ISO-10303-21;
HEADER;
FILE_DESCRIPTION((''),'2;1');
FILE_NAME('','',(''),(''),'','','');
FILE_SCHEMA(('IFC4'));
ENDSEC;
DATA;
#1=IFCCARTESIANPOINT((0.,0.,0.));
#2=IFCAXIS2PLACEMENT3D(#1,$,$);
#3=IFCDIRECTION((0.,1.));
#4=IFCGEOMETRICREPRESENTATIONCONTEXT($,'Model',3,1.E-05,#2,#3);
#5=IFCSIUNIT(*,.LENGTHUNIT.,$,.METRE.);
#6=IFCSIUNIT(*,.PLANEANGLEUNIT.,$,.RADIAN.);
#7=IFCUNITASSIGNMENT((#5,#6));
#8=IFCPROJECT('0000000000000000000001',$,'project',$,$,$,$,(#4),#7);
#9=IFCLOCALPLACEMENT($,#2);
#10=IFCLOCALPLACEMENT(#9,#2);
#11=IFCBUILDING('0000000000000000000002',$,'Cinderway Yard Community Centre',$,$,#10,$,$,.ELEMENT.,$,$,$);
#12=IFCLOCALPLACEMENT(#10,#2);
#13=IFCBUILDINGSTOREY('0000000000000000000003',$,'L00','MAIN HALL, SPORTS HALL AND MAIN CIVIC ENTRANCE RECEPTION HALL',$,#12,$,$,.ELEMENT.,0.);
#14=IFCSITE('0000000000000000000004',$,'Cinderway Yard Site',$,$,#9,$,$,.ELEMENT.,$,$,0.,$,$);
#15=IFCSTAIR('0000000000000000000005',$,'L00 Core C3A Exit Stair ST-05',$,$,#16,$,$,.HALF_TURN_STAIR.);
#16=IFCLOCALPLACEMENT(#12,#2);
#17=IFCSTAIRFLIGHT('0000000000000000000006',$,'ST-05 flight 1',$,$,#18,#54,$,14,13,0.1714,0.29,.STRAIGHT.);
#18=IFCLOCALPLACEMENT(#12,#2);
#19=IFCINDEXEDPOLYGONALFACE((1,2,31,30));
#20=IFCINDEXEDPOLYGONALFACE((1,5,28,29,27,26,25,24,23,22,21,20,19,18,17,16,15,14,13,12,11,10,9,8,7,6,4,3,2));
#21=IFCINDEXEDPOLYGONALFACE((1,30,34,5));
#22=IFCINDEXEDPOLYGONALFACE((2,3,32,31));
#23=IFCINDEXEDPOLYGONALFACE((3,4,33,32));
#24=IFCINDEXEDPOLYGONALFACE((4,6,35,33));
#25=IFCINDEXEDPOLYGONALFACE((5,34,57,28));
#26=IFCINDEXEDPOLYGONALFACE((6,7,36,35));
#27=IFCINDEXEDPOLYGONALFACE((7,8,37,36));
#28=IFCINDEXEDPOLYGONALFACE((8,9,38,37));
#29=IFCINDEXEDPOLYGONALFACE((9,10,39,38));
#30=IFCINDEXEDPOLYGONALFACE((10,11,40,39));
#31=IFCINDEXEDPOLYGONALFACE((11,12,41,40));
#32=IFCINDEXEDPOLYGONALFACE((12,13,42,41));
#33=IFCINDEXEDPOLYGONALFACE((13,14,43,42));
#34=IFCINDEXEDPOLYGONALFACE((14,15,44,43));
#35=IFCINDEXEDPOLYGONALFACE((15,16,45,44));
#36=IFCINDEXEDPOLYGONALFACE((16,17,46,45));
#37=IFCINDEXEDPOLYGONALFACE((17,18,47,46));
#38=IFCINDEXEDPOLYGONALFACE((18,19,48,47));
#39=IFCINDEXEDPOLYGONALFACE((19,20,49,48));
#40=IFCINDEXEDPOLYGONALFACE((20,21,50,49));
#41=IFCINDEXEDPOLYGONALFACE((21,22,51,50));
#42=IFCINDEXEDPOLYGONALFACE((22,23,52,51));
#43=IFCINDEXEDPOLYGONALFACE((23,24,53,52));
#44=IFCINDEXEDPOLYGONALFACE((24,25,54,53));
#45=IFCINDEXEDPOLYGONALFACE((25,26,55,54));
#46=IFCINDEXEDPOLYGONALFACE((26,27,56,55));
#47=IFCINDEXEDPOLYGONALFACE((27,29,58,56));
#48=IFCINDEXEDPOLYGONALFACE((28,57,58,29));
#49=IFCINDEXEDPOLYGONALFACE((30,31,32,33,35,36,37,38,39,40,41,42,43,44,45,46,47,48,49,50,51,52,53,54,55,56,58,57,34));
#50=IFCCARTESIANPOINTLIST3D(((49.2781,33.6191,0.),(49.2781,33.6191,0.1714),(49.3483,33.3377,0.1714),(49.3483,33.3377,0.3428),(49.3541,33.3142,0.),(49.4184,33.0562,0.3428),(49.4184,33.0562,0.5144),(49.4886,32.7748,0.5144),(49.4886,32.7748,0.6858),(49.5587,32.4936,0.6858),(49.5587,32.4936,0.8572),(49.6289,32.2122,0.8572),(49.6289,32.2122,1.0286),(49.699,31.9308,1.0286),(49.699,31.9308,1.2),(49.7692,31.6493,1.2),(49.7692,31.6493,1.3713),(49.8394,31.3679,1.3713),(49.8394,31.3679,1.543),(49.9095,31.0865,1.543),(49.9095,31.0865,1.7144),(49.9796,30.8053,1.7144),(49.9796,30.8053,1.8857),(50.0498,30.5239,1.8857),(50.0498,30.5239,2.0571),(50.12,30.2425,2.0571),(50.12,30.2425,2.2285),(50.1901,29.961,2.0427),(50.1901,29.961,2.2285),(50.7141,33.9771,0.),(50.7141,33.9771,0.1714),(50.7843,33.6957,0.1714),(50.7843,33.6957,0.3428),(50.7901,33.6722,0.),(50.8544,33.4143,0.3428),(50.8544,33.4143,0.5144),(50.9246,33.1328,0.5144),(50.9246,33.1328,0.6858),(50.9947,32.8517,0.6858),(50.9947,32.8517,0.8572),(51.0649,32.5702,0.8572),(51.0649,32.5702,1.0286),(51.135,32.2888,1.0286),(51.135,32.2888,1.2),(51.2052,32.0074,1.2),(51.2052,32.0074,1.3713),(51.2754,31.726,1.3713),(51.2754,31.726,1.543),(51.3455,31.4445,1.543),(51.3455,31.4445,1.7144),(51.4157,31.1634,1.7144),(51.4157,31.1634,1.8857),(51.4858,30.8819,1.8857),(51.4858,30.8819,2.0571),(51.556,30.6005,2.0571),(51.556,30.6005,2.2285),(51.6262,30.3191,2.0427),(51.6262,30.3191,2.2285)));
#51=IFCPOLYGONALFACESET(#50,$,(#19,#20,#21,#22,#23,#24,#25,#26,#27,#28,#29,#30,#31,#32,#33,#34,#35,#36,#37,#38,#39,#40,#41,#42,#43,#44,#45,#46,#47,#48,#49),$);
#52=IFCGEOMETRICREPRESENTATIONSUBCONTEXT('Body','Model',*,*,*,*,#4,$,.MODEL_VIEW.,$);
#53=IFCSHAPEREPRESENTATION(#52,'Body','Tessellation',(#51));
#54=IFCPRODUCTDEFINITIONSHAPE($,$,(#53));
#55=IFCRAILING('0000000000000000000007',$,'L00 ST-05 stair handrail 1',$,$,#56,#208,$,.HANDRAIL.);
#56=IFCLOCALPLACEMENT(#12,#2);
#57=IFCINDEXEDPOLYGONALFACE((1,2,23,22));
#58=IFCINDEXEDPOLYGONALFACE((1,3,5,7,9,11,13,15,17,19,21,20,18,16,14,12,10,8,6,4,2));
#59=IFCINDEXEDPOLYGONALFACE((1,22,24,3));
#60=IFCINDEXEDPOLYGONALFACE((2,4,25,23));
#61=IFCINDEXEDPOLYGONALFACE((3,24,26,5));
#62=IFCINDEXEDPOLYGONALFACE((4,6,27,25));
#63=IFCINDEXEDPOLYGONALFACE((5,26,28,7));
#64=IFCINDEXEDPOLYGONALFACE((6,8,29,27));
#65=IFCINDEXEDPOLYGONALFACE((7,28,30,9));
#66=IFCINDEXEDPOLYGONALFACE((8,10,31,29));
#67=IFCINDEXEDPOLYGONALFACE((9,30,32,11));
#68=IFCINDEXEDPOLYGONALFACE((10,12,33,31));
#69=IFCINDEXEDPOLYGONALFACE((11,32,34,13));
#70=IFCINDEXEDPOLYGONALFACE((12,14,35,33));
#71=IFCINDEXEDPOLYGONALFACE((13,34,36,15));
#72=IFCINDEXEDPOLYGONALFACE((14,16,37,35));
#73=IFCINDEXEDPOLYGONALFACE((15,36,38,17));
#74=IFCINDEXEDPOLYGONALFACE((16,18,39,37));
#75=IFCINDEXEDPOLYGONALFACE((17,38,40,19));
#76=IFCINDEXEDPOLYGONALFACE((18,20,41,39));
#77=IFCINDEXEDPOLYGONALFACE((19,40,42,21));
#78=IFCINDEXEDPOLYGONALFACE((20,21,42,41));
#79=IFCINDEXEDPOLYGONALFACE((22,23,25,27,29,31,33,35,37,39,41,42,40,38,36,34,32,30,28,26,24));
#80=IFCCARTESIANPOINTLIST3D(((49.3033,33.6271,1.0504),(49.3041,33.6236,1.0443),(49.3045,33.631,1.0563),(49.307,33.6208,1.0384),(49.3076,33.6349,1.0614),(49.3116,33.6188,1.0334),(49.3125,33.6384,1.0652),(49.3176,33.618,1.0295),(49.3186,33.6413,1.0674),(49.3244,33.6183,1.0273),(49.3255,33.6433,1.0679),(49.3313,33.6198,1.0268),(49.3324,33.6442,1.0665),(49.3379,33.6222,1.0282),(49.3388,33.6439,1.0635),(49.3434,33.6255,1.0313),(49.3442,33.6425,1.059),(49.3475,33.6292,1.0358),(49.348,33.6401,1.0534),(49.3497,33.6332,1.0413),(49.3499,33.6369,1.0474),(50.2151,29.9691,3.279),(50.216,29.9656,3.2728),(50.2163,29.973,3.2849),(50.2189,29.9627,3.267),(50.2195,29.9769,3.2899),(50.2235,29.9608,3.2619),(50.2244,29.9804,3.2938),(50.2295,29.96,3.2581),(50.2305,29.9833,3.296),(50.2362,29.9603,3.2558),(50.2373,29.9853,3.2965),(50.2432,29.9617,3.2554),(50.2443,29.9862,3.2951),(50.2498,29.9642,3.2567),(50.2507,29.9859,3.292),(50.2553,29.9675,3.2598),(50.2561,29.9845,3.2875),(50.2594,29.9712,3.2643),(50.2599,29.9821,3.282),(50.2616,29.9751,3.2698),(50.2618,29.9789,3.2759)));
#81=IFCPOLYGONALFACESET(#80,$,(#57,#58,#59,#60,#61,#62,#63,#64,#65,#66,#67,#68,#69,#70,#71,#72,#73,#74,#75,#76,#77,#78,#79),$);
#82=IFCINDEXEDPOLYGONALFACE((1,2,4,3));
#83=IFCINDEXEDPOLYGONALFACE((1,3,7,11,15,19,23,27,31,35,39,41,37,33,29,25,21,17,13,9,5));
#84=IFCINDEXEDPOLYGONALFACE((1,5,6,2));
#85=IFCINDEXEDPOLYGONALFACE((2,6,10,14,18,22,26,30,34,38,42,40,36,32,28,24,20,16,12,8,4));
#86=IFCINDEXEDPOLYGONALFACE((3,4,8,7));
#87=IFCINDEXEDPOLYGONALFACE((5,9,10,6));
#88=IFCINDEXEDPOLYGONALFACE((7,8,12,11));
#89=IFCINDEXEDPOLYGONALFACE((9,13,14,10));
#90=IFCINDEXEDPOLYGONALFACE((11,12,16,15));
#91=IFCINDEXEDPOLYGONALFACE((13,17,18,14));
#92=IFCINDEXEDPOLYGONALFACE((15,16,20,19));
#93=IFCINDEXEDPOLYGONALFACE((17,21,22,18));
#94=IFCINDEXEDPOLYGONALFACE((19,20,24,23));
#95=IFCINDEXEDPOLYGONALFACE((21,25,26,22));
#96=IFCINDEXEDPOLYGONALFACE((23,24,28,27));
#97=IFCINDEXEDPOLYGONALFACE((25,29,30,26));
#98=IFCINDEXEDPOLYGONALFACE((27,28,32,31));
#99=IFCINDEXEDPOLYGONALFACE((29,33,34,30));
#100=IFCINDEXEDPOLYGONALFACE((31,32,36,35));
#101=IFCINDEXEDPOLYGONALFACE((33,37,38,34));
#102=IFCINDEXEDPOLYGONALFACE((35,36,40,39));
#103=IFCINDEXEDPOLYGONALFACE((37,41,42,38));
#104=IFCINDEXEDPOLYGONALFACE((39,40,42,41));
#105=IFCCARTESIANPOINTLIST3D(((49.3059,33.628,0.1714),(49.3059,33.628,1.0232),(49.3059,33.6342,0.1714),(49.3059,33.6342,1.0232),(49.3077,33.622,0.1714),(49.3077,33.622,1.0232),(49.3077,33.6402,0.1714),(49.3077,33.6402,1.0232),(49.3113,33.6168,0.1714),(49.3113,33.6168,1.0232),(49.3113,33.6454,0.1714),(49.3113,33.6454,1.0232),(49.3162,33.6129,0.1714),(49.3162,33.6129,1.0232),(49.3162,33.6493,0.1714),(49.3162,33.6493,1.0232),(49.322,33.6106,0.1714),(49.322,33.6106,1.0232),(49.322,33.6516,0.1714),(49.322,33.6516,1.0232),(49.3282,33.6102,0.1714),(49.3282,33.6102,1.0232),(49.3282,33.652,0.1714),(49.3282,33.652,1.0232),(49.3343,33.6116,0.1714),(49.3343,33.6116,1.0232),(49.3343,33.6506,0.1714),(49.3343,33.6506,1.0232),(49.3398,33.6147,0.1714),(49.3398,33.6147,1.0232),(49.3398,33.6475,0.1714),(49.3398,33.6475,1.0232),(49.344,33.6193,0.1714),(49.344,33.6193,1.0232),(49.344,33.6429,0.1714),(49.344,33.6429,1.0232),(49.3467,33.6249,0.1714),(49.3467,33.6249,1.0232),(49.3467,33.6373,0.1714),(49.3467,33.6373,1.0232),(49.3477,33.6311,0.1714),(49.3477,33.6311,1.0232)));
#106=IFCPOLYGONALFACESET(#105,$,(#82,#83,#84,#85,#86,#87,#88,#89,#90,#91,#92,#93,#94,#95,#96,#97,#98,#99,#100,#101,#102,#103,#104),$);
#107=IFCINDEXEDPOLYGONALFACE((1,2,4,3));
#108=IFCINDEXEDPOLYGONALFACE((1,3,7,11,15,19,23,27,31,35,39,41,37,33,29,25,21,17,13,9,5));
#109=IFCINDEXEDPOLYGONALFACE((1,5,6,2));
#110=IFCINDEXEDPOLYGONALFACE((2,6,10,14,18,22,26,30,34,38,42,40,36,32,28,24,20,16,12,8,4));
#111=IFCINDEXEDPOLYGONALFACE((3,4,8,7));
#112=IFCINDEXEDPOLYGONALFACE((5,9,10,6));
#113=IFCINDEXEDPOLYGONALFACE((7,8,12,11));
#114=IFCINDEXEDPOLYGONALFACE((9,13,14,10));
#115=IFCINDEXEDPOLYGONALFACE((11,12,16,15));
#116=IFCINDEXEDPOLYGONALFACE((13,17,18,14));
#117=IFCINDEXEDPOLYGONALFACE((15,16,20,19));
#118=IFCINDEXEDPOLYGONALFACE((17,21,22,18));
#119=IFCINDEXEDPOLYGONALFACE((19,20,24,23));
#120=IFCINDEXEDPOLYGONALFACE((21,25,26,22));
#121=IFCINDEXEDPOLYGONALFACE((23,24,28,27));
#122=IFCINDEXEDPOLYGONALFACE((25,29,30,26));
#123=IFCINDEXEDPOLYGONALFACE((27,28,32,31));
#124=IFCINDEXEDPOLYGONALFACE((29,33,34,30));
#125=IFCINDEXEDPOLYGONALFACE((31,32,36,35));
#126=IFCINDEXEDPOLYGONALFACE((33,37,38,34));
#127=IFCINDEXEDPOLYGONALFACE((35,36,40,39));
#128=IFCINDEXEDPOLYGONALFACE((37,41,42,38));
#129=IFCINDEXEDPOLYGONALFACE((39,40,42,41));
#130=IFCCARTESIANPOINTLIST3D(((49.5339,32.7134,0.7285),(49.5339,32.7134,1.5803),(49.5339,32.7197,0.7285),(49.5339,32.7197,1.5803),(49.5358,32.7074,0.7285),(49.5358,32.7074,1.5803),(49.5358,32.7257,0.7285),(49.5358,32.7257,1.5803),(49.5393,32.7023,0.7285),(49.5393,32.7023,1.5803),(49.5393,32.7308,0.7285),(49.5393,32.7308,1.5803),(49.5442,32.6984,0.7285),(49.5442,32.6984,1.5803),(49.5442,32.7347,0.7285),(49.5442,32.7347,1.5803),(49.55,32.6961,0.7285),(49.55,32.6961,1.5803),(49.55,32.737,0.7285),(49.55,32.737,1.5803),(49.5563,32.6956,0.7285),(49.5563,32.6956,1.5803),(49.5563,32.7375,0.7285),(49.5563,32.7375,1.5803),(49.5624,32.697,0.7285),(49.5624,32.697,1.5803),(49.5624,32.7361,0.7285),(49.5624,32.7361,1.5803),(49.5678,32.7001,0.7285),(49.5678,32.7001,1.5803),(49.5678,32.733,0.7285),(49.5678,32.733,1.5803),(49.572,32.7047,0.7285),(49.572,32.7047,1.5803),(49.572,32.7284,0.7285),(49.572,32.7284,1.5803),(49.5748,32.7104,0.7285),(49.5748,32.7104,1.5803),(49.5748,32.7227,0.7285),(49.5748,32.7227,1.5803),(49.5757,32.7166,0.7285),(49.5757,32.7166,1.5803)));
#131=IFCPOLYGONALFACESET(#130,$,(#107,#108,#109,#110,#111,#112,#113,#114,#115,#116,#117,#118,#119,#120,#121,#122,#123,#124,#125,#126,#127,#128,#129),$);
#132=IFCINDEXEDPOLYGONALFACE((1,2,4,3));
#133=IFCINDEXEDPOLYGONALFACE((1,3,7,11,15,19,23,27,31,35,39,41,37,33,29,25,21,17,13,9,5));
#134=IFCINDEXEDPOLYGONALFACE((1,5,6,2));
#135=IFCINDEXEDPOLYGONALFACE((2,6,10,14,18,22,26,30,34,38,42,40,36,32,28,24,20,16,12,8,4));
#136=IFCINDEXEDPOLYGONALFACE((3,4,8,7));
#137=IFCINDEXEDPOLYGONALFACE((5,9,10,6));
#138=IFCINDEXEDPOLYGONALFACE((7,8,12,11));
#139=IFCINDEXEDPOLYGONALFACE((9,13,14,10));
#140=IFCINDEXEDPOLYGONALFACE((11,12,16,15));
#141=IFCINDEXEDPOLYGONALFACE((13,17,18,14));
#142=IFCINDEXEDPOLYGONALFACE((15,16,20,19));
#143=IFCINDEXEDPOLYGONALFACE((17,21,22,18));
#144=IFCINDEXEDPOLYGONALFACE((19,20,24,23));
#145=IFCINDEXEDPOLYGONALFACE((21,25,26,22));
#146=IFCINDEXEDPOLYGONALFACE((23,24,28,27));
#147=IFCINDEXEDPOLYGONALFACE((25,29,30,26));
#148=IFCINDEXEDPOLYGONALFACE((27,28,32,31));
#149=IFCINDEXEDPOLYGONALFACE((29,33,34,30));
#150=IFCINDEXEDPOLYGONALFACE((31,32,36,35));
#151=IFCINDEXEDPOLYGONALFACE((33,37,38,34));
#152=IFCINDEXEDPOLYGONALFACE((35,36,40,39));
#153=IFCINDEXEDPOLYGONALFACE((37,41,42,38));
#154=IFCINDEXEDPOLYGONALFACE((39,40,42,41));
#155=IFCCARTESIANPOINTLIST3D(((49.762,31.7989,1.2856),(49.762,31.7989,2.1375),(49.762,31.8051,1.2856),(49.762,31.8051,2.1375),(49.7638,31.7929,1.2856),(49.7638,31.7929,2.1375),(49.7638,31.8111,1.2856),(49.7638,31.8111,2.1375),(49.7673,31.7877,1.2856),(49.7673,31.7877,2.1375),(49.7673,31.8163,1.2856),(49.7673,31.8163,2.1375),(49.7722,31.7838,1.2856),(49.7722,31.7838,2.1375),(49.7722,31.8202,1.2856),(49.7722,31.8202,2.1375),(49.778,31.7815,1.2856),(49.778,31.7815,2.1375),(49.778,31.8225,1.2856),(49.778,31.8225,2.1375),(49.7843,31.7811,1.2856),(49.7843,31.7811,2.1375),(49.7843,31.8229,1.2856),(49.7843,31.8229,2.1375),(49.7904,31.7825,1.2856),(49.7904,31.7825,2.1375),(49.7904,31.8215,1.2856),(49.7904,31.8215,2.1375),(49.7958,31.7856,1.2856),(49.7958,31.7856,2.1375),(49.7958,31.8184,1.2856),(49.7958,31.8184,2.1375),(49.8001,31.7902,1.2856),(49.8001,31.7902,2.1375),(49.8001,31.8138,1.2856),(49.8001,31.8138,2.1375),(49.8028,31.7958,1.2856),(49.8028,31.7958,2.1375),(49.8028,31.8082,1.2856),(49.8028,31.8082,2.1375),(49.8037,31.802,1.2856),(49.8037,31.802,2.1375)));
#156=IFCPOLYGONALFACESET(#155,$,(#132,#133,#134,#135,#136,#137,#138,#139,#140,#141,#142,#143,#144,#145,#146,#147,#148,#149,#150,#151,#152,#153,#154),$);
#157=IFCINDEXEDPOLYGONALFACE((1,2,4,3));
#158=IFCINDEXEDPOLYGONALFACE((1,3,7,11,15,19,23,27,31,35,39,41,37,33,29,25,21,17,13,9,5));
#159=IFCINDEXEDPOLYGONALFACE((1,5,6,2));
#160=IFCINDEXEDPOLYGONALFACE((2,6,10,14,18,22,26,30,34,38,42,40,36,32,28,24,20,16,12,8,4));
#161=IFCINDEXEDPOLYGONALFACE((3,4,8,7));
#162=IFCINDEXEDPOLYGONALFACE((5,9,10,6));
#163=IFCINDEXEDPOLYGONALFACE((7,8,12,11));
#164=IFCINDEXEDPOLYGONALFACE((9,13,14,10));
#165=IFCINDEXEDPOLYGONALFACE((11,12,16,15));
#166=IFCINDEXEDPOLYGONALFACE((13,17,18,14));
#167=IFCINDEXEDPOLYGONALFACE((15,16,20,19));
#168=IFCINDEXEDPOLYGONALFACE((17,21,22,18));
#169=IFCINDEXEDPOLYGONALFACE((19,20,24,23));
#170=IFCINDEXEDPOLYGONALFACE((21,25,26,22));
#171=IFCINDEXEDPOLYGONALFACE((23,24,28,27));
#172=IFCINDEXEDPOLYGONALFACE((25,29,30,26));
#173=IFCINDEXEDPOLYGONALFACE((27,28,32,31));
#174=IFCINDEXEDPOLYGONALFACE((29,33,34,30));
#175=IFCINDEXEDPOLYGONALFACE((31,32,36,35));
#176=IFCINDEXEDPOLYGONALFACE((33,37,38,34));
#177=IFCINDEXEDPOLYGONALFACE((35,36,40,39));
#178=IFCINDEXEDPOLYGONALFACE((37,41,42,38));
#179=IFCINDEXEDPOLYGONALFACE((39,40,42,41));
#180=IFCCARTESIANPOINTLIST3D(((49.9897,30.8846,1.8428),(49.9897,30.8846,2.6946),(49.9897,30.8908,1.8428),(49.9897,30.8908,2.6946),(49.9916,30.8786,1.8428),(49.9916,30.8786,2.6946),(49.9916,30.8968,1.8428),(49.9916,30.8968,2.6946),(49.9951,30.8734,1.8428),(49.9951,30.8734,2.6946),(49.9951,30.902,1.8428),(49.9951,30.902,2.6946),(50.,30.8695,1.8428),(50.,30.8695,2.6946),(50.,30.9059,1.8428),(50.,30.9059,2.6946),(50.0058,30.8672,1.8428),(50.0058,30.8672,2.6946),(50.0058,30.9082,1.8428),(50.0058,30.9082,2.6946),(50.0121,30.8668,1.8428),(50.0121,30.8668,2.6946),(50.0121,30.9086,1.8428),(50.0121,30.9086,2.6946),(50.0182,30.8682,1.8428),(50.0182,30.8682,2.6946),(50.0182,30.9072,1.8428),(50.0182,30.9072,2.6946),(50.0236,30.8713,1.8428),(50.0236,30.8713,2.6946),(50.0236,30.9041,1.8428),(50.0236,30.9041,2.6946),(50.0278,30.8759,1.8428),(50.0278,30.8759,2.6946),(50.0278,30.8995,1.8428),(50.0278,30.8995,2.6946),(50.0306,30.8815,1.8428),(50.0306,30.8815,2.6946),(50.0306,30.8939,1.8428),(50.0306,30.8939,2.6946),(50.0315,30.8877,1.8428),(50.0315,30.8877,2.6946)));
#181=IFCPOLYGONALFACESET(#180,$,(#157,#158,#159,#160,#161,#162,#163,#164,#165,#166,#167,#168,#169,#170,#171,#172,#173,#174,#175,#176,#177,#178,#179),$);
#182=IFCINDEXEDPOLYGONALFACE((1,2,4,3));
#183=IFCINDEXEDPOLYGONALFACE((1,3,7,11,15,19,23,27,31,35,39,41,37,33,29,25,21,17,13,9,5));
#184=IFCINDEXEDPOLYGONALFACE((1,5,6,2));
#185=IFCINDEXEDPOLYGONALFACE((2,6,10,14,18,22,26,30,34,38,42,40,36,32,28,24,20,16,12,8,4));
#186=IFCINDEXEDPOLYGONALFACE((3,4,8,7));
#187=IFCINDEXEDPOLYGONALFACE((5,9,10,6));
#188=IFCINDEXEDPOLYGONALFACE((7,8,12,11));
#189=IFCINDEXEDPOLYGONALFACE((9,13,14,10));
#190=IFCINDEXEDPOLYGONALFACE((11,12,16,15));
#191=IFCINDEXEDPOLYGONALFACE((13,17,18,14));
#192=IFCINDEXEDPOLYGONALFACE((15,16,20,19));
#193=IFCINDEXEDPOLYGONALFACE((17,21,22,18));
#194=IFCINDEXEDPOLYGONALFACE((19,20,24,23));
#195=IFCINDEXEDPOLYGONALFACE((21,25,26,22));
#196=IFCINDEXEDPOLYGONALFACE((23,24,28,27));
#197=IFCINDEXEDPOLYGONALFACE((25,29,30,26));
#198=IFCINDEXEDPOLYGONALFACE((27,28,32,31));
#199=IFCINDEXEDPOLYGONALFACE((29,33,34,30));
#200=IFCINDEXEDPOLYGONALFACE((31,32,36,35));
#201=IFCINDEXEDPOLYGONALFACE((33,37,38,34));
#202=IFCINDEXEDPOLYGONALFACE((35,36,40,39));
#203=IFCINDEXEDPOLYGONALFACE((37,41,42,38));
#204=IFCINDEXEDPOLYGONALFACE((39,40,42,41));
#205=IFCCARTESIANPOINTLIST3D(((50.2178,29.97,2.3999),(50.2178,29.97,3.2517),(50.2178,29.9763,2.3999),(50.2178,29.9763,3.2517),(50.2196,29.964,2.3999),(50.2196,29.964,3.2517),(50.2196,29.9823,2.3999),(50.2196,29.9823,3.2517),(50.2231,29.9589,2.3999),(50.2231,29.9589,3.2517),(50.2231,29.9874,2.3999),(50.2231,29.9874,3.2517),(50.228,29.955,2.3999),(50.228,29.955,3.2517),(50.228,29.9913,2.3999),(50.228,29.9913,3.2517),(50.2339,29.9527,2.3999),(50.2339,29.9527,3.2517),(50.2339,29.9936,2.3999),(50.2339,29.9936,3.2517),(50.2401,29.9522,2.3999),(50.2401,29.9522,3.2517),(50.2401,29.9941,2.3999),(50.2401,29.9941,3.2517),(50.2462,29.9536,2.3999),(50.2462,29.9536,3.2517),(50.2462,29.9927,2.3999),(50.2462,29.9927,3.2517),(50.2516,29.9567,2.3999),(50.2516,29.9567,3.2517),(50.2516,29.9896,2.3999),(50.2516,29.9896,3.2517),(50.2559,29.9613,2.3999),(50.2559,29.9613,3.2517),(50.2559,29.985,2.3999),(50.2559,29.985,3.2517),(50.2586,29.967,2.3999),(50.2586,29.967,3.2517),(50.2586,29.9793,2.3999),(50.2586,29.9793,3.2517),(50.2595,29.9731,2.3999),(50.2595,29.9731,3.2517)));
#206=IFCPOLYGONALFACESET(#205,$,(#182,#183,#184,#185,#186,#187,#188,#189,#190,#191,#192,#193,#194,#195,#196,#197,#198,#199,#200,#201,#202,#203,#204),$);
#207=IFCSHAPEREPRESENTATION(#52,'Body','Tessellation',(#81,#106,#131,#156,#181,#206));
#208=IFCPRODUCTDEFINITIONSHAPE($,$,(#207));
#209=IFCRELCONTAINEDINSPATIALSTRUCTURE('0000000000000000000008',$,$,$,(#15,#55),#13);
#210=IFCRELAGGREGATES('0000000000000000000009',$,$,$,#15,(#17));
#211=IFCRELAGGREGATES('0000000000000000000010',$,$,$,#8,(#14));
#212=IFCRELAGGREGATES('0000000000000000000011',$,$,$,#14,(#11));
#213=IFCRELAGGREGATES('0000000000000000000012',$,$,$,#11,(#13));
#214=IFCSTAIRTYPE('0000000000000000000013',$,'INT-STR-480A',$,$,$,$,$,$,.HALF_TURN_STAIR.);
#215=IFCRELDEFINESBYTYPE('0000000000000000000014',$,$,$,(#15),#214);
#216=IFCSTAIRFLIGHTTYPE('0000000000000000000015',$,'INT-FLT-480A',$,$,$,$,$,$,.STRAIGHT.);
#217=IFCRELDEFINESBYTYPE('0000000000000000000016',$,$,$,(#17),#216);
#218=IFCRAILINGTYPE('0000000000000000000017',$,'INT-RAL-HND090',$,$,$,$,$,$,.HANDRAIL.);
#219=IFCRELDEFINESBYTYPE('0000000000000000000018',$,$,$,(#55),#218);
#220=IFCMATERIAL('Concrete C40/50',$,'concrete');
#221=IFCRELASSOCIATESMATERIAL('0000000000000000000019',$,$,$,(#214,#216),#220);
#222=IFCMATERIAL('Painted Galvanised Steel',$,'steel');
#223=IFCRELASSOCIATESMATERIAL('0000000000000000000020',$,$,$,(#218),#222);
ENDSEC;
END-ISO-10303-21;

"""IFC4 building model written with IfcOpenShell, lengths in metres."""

from ifc_helpers import new_model, si_unit, direction, frame, origin, origin_2d, place, context, subcontext, project, spatial, polyline, circle, outline, extrude, material, type_object, element, aggregate, save


model = new_model("IFC4")

# Units and contexts
model_context = context("Model", 3, precision=1e-05, world=origin(), true_north=direction((0.0, 1.0)))
body_context = subcontext(model_context, "Body", "Model", "MODEL_VIEW")
ifc_project = project(units=[si_unit("LENGTHUNIT", "METRE"), si_unit("PLANEANGLEUNIT", "RADIAN")], contexts=[model_context])

# Site, building, storey
site_placement = place(None, origin())
site = spatial("IfcSite", under=ifc_project, at=site_placement, Name="Cinderway Yard Site", CompositionType="ELEMENT", RefElevation=0.0)
building_placement = place(site_placement, origin())
building = spatial("IfcBuilding", under=site, at=building_placement, Name="Cinderway Yard Community Centre", CompositionType="ELEMENT")
storey_placement = place(building_placement, origin())
storey = spatial("IfcBuildingStorey", under=building, at=storey_placement, Name="L00", Description="MAIN HALL, SPORTS HALL AND MAIN CIVIC ENTRANCE RECEPTION HALL", CompositionType="ELEMENT", Elevation=0.0)

# Shared definitions
ifc_material_1 = material(Name="Concrete C40/50", Category="concrete")

# Shared definitions
ifc_material_2 = material(Name="Painted Galvanised Steel", Category="steel")

# Stair, stair flight
stair_type = type_object("IfcStairType", Name="INT-STR-480A", PredefinedType="HALF_TURN_STAIR", material=ifc_material_1)
stair_placement = place(storey_placement, origin())
stair = element("IfcStair", 1, at=stair_placement, inside=storey, type_object=stair_type, Name="L00 Core C3A Exit Stair ST-05", PredefinedType="HALF_TURN_STAIR")
stair_flight_type = type_object("IfcStairFlightType", Name="INT-FLT-480A", PredefinedType="STRAIGHT", material=ifc_material_1)
stair_flight_placement = place(storey_placement, frame((49.9961, 33.7981, 0.0), z_axis=(0.0, 0.0, 1.0), x_axis=(0.241922, -0.970296, 0.0)))
stair_flight = element("IfcStairFlight", 2, at=stair_flight_placement, type_object=stair_flight_type, Name="ST-05 flight 1", NumberOfRisers=14, NumberOfTreads=13, PredefinedType="STRAIGHT", RiserHeight=0.1714, TreadLength=0.29, context=body_context, shape_type="SweptSolid", body=[
    extrude(outline(polyline([(0.0, 0.0), (0.0, 0.1714), (0.29, 0.1714), (0.29, 0.3428), (0.5801, 0.3428), (0.5801, 0.5144), (0.8701, 0.5144), (0.8701, 0.6858), (1.1599, 0.6858), (1.1599, 0.8572), (1.45, 0.8572), (1.45, 1.0286), (1.74, 1.0286), (1.74, 1.2), (2.03, 1.2), (2.03, 1.3713), (2.3201, 1.3713), (2.3201, 1.543), (2.6101, 1.543), (2.6101, 1.7144), (2.8999, 1.7144), (2.8999, 1.8857), (3.1899, 1.8857), (3.1899, 2.0571), (3.48, 2.0571), (3.48, 2.2285), (3.77, 2.2285), (3.77, 2.3999), (3.77, 2.0427), (0.3142, 0.0), (0.0, 0.0)])), frame((0.0, 0.74, 0.0), z_axis=(0.0, -1.0, 0.0), x_axis=(1.0, 0.0, 0.0)), (0.0, 0.0, 1.0), 1.48),
])
aggregate(stair, [stair_flight])

# Railing
railing_type = type_object("IfcRailingType", Name="INT-RAL-HND090", PredefinedType="HANDRAIL", material=ifc_material_2)
railing_placement = place(storey_placement, frame((49.3267, 33.6311, 0.1714)))
element("IfcRailing", 3, at=railing_placement, inside=storey, type_object=railing_type, Name="L00 ST-05 stair handrail 1", PredefinedType="HANDRAIL", context=body_context, shape_type="SweptSolid", body=[
    extrude(circle(Radius=0.0239, at=origin_2d()), frame((0.0, 0.0, 0.876), z_axis=(0.208221, -0.83528, 0.508873), x_axis=(0.970306, 0.24188, 0.0)), (0.0, 0.0, 1.0), 4.3794),
    extrude(circle(Radius=0.021, at=origin_2d()), origin(), (0.0, 0.0, 1.0), 0.8518),
    extrude(circle(Radius=0.021, at=origin_2d()), frame((0.228, -0.9146, 0.5571)), (0.0, 0.0, 1.0), 0.8518),
    extrude(circle(Radius=0.021, at=origin_2d()), frame((0.4561, -1.8291, 1.1143)), (0.0, 0.0, 1.0), 0.8518),
    extrude(circle(Radius=0.021, at=origin_2d()), frame((0.6838, -2.7434, 1.6714)), (0.0, 0.0, 1.0), 0.8518),
    extrude(circle(Radius=0.021, at=origin_2d()), frame((0.9119, -3.658, 2.2285)), (0.0, 0.0, 1.0), 0.8518),
])

save(model, "model.ifc")
